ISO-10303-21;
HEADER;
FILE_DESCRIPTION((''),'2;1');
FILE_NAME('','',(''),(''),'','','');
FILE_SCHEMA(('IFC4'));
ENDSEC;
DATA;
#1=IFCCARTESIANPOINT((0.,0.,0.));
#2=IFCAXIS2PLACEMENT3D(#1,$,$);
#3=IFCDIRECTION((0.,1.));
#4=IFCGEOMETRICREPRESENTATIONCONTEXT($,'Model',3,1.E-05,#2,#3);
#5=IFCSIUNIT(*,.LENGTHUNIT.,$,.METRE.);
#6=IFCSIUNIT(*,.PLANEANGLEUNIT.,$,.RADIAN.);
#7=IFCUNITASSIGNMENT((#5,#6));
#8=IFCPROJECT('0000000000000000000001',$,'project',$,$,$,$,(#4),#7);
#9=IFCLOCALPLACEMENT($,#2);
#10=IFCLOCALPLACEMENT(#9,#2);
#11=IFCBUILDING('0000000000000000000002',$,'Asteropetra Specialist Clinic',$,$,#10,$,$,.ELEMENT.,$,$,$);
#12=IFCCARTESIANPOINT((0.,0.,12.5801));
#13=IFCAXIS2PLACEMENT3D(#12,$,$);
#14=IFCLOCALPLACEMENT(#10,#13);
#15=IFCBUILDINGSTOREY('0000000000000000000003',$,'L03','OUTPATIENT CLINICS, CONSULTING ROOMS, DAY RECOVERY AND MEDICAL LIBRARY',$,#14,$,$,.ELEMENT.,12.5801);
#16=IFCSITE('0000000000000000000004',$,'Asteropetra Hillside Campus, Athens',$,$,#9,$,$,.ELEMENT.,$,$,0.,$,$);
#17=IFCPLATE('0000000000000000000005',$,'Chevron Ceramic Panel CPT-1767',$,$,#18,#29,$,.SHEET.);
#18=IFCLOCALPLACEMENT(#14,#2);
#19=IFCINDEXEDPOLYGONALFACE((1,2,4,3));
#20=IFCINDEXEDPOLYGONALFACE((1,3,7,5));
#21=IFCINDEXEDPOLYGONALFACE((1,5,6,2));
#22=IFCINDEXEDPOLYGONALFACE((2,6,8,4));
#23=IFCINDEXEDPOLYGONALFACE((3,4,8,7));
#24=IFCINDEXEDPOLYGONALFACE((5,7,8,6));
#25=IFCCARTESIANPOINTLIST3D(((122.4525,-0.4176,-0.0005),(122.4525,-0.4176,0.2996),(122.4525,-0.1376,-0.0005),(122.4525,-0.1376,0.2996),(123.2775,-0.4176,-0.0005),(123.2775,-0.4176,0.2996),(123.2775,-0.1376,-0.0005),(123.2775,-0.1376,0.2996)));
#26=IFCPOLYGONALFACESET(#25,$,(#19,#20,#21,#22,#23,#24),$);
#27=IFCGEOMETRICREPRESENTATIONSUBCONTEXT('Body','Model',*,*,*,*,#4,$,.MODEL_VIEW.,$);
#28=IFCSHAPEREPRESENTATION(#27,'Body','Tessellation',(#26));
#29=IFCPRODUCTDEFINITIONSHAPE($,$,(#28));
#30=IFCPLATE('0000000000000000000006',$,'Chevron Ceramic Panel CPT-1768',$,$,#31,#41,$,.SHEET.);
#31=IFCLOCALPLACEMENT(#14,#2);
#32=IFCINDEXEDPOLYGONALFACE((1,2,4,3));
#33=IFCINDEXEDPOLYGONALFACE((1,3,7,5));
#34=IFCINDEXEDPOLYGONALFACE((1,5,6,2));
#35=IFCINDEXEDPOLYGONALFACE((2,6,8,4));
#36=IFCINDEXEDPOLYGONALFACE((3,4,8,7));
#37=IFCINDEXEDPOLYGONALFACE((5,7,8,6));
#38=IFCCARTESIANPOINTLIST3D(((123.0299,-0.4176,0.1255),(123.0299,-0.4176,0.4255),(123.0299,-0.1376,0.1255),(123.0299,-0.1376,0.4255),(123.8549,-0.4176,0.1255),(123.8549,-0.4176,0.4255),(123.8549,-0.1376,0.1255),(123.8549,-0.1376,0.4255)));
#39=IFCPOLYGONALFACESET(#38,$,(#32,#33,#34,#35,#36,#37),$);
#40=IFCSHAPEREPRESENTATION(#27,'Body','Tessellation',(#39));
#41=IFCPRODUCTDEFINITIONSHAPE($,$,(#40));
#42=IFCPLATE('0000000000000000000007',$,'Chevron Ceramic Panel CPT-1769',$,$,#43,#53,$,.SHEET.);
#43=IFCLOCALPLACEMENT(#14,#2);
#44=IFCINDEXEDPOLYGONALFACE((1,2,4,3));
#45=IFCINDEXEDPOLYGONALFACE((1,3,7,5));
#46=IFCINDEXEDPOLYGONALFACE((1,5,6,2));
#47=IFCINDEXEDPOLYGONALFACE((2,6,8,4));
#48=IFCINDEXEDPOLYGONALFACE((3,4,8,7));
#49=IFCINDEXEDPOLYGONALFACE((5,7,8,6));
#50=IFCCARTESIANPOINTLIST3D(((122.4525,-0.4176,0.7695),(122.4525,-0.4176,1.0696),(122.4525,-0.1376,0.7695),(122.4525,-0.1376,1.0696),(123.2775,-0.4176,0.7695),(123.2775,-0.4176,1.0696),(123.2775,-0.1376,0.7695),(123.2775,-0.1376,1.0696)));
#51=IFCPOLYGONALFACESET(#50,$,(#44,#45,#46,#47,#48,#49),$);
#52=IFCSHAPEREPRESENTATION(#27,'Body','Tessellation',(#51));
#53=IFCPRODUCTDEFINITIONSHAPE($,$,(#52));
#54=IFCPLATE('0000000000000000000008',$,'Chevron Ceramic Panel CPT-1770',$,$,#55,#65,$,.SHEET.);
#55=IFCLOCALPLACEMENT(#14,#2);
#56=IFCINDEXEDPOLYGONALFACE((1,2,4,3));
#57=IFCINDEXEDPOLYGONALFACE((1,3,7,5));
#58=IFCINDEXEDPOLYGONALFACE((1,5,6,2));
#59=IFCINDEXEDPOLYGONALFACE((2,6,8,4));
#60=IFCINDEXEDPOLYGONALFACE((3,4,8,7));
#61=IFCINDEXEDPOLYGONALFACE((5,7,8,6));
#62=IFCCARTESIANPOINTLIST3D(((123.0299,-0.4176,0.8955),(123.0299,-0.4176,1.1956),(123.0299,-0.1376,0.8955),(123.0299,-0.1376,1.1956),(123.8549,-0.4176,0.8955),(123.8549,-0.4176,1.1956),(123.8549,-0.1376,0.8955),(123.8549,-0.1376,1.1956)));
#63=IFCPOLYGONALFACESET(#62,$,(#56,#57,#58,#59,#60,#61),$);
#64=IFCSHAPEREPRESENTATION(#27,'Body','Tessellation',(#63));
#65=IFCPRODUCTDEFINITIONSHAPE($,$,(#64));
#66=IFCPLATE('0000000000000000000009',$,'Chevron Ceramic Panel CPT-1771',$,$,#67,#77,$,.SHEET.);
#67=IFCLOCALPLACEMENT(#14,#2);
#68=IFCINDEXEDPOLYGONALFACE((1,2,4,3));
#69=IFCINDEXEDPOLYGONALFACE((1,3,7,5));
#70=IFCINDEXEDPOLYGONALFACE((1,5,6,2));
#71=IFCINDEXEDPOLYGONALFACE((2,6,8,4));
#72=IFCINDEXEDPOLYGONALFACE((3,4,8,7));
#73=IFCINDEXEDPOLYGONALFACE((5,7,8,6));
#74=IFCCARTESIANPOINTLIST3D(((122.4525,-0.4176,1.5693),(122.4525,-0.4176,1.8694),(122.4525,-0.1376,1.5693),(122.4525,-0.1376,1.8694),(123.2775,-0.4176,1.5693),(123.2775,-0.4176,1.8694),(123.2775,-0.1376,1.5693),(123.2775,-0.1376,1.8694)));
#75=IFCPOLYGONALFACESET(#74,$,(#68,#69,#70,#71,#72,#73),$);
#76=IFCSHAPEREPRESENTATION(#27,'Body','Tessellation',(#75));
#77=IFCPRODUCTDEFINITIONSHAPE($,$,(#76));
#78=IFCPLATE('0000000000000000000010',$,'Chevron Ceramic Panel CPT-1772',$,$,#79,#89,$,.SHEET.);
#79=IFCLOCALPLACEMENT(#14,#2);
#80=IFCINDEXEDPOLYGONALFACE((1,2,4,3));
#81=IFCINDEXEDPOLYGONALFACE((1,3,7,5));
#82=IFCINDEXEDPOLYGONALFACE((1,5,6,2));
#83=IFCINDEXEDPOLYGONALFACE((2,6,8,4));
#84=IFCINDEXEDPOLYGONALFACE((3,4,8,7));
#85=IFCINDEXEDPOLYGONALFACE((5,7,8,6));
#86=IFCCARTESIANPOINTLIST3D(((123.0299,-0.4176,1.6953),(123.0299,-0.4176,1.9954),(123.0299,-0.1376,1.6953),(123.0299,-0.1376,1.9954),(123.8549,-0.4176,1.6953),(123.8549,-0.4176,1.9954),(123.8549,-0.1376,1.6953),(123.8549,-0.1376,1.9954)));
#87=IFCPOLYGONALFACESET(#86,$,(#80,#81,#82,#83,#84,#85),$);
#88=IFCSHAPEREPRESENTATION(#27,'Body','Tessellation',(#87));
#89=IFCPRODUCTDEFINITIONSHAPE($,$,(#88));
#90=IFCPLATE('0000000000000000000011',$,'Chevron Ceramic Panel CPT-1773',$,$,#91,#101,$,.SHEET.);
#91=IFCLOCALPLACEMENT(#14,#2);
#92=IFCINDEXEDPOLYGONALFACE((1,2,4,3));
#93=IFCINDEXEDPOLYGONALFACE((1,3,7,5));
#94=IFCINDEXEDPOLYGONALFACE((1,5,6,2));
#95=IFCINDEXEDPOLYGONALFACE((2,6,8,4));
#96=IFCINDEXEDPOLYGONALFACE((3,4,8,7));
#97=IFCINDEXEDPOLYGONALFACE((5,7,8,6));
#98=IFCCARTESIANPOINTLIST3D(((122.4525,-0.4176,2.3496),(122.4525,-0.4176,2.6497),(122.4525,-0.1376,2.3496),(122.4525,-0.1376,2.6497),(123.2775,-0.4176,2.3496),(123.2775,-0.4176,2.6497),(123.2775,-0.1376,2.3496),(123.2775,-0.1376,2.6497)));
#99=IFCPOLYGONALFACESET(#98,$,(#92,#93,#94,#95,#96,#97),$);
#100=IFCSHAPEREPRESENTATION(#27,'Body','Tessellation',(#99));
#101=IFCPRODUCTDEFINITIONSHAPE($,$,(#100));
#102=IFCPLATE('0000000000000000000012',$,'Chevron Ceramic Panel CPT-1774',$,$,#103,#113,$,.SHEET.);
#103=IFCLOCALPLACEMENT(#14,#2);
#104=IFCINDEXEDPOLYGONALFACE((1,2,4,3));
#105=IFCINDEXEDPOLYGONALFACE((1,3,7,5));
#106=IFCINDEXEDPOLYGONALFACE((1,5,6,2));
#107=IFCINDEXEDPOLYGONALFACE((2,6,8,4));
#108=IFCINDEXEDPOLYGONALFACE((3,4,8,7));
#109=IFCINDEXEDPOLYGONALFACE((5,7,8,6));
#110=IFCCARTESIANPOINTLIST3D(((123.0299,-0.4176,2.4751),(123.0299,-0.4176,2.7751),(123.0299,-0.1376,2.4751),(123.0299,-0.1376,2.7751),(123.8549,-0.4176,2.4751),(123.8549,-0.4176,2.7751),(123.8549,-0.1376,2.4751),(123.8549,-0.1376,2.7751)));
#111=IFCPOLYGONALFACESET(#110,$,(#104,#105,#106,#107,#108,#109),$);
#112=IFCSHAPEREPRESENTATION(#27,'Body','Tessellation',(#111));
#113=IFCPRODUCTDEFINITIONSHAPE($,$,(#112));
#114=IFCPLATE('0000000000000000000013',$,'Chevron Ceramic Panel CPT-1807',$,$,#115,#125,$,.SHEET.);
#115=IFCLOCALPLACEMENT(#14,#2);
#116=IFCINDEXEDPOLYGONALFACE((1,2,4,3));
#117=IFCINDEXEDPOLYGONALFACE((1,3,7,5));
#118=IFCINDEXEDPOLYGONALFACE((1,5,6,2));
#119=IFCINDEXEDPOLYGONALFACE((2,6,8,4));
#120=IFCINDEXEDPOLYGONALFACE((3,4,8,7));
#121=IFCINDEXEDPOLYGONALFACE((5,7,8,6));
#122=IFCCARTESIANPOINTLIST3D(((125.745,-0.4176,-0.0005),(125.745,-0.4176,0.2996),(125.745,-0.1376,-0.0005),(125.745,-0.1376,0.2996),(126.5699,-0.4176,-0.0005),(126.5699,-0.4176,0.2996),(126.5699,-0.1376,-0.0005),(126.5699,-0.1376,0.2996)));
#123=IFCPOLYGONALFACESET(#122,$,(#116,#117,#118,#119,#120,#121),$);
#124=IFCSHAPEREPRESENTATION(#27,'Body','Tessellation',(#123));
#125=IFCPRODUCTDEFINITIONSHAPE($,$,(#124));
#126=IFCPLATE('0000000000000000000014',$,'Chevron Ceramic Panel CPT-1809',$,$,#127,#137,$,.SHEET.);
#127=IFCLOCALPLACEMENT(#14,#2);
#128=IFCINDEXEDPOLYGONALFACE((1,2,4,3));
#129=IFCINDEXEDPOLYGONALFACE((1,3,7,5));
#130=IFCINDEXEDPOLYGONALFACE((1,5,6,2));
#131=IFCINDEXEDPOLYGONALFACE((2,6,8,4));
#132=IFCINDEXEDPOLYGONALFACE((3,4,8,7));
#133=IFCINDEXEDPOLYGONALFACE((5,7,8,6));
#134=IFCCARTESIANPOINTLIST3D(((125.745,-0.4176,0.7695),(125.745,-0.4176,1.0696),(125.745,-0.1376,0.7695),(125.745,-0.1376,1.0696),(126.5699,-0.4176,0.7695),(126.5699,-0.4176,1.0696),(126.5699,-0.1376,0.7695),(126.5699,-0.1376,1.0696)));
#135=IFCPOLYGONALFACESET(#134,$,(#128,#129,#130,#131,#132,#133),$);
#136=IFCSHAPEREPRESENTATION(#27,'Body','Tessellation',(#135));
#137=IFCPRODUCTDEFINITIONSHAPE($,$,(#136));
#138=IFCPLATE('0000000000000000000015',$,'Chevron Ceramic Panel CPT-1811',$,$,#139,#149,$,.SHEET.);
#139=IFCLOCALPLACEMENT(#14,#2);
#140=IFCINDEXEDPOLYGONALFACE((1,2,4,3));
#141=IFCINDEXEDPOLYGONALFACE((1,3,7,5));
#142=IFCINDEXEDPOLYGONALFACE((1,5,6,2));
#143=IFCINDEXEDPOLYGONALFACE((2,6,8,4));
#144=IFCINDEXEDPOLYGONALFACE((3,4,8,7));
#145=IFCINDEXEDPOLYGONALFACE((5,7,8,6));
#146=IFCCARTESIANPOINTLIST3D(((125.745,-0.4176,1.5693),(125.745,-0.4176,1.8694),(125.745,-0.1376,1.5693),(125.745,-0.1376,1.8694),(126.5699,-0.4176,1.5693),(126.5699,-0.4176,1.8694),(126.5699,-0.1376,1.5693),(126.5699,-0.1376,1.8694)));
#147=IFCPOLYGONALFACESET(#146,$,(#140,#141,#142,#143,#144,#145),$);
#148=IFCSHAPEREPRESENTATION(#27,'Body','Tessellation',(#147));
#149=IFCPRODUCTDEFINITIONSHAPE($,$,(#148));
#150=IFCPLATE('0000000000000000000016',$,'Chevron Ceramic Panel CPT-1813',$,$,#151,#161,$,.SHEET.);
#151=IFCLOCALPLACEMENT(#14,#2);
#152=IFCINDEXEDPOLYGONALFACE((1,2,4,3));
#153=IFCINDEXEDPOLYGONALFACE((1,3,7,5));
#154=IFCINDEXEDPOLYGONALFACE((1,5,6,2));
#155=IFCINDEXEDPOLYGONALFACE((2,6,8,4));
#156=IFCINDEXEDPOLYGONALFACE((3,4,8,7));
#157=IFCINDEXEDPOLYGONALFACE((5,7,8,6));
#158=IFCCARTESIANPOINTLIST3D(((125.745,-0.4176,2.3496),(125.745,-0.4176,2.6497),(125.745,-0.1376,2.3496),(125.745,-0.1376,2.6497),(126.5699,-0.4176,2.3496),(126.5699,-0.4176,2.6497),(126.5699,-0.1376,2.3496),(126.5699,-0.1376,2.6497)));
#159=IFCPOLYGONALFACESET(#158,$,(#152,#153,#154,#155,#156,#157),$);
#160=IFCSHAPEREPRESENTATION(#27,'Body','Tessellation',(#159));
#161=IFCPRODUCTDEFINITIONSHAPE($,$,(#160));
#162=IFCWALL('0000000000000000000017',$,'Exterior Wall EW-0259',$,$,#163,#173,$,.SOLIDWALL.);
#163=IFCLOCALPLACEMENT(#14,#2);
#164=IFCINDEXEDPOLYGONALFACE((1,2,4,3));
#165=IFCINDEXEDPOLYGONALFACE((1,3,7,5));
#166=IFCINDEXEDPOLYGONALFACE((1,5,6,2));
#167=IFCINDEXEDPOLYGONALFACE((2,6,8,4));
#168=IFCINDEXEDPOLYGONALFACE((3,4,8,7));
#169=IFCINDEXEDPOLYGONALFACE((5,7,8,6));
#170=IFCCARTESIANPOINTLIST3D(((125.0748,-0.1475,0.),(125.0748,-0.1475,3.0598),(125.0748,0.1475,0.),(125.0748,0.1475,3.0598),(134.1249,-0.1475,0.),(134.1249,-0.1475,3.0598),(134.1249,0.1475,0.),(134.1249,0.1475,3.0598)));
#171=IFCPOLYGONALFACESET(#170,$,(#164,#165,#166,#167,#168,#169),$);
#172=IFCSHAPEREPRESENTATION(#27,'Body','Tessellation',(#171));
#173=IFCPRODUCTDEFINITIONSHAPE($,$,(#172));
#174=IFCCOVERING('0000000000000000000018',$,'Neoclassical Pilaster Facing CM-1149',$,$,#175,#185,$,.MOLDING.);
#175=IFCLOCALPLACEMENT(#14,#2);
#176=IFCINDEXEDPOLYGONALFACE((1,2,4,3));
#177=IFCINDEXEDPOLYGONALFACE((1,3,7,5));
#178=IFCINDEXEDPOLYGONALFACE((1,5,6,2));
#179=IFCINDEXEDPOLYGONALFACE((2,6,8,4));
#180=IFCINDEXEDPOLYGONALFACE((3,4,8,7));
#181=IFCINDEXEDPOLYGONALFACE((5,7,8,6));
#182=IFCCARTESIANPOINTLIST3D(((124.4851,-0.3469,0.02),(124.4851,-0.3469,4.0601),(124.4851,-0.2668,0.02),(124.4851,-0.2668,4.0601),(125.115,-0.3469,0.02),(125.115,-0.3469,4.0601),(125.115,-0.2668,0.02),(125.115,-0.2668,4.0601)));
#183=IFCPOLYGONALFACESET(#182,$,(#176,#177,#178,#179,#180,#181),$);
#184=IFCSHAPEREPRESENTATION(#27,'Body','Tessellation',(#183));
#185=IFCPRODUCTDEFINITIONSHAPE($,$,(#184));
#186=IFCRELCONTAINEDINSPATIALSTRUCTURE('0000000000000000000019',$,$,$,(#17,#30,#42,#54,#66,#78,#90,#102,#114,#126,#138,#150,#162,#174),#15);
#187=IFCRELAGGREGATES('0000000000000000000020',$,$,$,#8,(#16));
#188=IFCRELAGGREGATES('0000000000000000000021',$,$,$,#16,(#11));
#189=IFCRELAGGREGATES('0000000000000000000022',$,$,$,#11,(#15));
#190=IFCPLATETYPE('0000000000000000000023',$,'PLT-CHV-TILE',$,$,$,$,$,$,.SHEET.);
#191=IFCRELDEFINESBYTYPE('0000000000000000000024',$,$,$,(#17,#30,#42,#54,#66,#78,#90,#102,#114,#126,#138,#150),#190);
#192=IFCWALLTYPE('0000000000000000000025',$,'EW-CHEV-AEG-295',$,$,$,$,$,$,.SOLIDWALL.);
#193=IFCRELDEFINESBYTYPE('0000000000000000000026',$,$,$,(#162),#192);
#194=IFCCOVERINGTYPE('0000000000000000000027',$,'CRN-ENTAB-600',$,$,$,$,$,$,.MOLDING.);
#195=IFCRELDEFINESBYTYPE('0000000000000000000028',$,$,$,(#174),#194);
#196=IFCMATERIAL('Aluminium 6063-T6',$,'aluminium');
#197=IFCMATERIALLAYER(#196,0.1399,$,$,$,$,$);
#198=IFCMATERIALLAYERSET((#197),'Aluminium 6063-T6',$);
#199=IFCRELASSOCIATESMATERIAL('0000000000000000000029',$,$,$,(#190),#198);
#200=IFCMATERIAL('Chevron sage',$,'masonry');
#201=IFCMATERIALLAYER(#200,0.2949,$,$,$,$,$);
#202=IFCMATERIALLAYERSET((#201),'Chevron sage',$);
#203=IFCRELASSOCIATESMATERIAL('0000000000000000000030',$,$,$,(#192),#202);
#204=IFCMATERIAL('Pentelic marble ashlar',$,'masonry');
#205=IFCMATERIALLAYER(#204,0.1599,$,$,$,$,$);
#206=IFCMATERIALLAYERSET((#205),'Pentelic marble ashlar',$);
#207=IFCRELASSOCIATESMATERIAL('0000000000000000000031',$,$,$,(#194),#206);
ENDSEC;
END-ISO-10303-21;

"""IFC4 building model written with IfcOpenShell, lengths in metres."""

from ifc_helpers import new_model, si_unit, direction, frame, frame_2d, origin, origin_2d, place, context, subcontext, project, spatial, rectangle, extrude, material, layer, layer_set, type_object, element, save


model = new_model("IFC4")

# Units and contexts
model_context = context("Model", 3, precision=1e-05, world=origin(), true_north=direction((0.0, 1.0)))
body_context = subcontext(model_context, "Body", "Model", "MODEL_VIEW")
ifc_project = project(units=[si_unit("LENGTHUNIT", "METRE"), si_unit("PLANEANGLEUNIT", "RADIAN")], contexts=[model_context])

# Site, building, storey
site_placement = place(None, origin())
site = spatial("IfcSite", under=ifc_project, at=site_placement, Name="Asteropetra Hillside Campus, Athens", CompositionType="ELEMENT", RefElevation=0.0)
building_placement = place(site_placement, origin())
building = spatial("IfcBuilding", under=site, at=building_placement, Name="Asteropetra Specialist Clinic", CompositionType="ELEMENT")
storey_placement = place(building_placement, frame((0.0, 0.0, 12.5801)))
storey = spatial("IfcBuildingStorey", under=building, at=storey_placement, Name="L03", Description="OUTPATIENT CLINICS, CONSULTING ROOMS, DAY RECOVERY AND MEDICAL LIBRARY", CompositionType="ELEMENT", Elevation=12.5801)

# Plates
ifc_material_1 = material(Name="Aluminium 6063-T6", Category="aluminium")
ifc_layer_1 = layer(ifc_material_1, 0.1399)
ifc_layer_set_1 = layer_set([ifc_layer_1], Name="Aluminium 6063-T6")
plate_type_1 = type_object("IfcPlateType", Name="PLT-CHV-TILE", PredefinedType="SHEET", material=ifc_layer_set_1)
for number, where, z_axis, x_axis, name in (
    (1, (122.865, -0.2776, -0.0005), (0.0, 0.0, 1.0), (1.0, 0.0, 0.0), "Chevron Ceramic Panel CPT-1767"),
    (2, (123.4424, -0.2776, 0.1255), (0.0, 0.0, 1.0), (1.0, 0.0, 0.0), "Chevron Ceramic Panel CPT-1768"),
    (3, (122.865, -0.2776, 0.7695), (0.0, 0.0, 1.0), (1.0, 0.0, 0.0), "Chevron Ceramic Panel CPT-1769"),
    (4, (123.4424, -0.2776, 0.8955), (0.0, 0.0, 1.0), (1.0, 0.0, 0.0), "Chevron Ceramic Panel CPT-1770"),
    (5, (122.865, -0.2776, 1.5693), (0.0, 0.0, 1.0), (1.0, 0.0, 0.0), "Chevron Ceramic Panel CPT-1771"),
    (6, (123.4424, -0.2776, 1.6953), (0.0, 0.0, 1.0), (1.0, 0.0, 0.0), "Chevron Ceramic Panel CPT-1772"),
    (7, (122.865, -0.2776, 2.3496), (0.0, 0.0, 1.0), (1.0, 0.0, 0.0), "Chevron Ceramic Panel CPT-1773"),
    (8, (123.4424, -0.2776, 2.4751), (0.0, 0.0, 1.0), (1.0, 0.0, 0.0), "Chevron Ceramic Panel CPT-1774"),
    (9, (126.1575, -0.2776, -0.0005), (0.0, 0.0, 1.0), (1.0, 0.0, 0.0), "Chevron Ceramic Panel CPT-1807"),
    (10, (126.1575, -0.2776, 0.7695), (0.0, 0.0, 1.0), (1.0, 0.0, 0.0), "Chevron Ceramic Panel CPT-1809"),
    (11, (126.1575, -0.2776, 1.5693), (0.0, 0.0, 1.0), (1.0, 0.0, 0.0), "Chevron Ceramic Panel CPT-1811"),
    (12, (126.1575, -0.2776, 2.3496), (0.0, 0.0, 1.0), (1.0, 0.0, 0.0), "Chevron Ceramic Panel CPT-1813"),
):
    element("IfcPlate", number, at=place(storey_placement, frame(where, z_axis=z_axis, x_axis=x_axis)), inside=storey, type_object=plate_type_1, Name=name, PredefinedType="SHEET", context=body_context, shape_type="SweptSolid", body=[
        extrude(rectangle(XDim=0.825, YDim=0.28, at=origin_2d()), origin(), (0.0, 0.0, 1.0), 0.3),
    ])

# Wall
ifc_material_2 = material(Name="Chevron sage", Category="masonry")
ifc_layer_2 = layer(ifc_material_2, 0.2949)
ifc_layer_set_2 = layer_set([ifc_layer_2], Name="Chevron sage")
wall_type = type_object("IfcWallType", Name="EW-CHEV-AEG-295", PredefinedType="SOLIDWALL", material=ifc_layer_set_2)
wall_placement = place(storey_placement, frame((125.075, 0.0, 0.0), z_axis=(0.0, 0.0, 1.0), x_axis=(1.0, 0.0, 0.0)))
element("IfcWall", 13, at=wall_placement, inside=storey, type_object=wall_type, Name="Exterior Wall EW-0259", PredefinedType="SOLIDWALL", context=body_context, shape_type="SweptSolid", body=[
    extrude(rectangle(XDim=9.05, YDim=0.2949, at=frame_2d((4.5249, 0.0))), origin(), (0.0, 0.0, 1.0), 3.0598),
])

# Covering
ifc_material_3 = material(Name="Pentelic marble ashlar", Category="masonry")
ifc_layer_3 = layer(ifc_material_3, 0.1599)
ifc_layer_set_3 = layer_set([ifc_layer_3], Name="Pentelic marble ashlar")
covering_type = type_object("IfcCoveringType", Name="CRN-ENTAB-600", PredefinedType="MOLDING", material=ifc_layer_set_3)
covering_placement = place(storey_placement, frame((124.8, -0.3069, 0.02), z_axis=(0.0, 0.0, 1.0), x_axis=(1.0, 0.0, 0.0)))
element("IfcCovering", 14, at=covering_placement, inside=storey, type_object=covering_type, Name="Neoclassical Pilaster Facing CM-1149", PredefinedType="MOLDING", context=body_context, shape_type="SweptSolid", body=[
    extrude(rectangle(XDim=0.6299, YDim=0.0801, at=origin_2d()), origin(), (0.0, 0.0, 1.0), 4.04),
])

save(model, "model.ifc")
